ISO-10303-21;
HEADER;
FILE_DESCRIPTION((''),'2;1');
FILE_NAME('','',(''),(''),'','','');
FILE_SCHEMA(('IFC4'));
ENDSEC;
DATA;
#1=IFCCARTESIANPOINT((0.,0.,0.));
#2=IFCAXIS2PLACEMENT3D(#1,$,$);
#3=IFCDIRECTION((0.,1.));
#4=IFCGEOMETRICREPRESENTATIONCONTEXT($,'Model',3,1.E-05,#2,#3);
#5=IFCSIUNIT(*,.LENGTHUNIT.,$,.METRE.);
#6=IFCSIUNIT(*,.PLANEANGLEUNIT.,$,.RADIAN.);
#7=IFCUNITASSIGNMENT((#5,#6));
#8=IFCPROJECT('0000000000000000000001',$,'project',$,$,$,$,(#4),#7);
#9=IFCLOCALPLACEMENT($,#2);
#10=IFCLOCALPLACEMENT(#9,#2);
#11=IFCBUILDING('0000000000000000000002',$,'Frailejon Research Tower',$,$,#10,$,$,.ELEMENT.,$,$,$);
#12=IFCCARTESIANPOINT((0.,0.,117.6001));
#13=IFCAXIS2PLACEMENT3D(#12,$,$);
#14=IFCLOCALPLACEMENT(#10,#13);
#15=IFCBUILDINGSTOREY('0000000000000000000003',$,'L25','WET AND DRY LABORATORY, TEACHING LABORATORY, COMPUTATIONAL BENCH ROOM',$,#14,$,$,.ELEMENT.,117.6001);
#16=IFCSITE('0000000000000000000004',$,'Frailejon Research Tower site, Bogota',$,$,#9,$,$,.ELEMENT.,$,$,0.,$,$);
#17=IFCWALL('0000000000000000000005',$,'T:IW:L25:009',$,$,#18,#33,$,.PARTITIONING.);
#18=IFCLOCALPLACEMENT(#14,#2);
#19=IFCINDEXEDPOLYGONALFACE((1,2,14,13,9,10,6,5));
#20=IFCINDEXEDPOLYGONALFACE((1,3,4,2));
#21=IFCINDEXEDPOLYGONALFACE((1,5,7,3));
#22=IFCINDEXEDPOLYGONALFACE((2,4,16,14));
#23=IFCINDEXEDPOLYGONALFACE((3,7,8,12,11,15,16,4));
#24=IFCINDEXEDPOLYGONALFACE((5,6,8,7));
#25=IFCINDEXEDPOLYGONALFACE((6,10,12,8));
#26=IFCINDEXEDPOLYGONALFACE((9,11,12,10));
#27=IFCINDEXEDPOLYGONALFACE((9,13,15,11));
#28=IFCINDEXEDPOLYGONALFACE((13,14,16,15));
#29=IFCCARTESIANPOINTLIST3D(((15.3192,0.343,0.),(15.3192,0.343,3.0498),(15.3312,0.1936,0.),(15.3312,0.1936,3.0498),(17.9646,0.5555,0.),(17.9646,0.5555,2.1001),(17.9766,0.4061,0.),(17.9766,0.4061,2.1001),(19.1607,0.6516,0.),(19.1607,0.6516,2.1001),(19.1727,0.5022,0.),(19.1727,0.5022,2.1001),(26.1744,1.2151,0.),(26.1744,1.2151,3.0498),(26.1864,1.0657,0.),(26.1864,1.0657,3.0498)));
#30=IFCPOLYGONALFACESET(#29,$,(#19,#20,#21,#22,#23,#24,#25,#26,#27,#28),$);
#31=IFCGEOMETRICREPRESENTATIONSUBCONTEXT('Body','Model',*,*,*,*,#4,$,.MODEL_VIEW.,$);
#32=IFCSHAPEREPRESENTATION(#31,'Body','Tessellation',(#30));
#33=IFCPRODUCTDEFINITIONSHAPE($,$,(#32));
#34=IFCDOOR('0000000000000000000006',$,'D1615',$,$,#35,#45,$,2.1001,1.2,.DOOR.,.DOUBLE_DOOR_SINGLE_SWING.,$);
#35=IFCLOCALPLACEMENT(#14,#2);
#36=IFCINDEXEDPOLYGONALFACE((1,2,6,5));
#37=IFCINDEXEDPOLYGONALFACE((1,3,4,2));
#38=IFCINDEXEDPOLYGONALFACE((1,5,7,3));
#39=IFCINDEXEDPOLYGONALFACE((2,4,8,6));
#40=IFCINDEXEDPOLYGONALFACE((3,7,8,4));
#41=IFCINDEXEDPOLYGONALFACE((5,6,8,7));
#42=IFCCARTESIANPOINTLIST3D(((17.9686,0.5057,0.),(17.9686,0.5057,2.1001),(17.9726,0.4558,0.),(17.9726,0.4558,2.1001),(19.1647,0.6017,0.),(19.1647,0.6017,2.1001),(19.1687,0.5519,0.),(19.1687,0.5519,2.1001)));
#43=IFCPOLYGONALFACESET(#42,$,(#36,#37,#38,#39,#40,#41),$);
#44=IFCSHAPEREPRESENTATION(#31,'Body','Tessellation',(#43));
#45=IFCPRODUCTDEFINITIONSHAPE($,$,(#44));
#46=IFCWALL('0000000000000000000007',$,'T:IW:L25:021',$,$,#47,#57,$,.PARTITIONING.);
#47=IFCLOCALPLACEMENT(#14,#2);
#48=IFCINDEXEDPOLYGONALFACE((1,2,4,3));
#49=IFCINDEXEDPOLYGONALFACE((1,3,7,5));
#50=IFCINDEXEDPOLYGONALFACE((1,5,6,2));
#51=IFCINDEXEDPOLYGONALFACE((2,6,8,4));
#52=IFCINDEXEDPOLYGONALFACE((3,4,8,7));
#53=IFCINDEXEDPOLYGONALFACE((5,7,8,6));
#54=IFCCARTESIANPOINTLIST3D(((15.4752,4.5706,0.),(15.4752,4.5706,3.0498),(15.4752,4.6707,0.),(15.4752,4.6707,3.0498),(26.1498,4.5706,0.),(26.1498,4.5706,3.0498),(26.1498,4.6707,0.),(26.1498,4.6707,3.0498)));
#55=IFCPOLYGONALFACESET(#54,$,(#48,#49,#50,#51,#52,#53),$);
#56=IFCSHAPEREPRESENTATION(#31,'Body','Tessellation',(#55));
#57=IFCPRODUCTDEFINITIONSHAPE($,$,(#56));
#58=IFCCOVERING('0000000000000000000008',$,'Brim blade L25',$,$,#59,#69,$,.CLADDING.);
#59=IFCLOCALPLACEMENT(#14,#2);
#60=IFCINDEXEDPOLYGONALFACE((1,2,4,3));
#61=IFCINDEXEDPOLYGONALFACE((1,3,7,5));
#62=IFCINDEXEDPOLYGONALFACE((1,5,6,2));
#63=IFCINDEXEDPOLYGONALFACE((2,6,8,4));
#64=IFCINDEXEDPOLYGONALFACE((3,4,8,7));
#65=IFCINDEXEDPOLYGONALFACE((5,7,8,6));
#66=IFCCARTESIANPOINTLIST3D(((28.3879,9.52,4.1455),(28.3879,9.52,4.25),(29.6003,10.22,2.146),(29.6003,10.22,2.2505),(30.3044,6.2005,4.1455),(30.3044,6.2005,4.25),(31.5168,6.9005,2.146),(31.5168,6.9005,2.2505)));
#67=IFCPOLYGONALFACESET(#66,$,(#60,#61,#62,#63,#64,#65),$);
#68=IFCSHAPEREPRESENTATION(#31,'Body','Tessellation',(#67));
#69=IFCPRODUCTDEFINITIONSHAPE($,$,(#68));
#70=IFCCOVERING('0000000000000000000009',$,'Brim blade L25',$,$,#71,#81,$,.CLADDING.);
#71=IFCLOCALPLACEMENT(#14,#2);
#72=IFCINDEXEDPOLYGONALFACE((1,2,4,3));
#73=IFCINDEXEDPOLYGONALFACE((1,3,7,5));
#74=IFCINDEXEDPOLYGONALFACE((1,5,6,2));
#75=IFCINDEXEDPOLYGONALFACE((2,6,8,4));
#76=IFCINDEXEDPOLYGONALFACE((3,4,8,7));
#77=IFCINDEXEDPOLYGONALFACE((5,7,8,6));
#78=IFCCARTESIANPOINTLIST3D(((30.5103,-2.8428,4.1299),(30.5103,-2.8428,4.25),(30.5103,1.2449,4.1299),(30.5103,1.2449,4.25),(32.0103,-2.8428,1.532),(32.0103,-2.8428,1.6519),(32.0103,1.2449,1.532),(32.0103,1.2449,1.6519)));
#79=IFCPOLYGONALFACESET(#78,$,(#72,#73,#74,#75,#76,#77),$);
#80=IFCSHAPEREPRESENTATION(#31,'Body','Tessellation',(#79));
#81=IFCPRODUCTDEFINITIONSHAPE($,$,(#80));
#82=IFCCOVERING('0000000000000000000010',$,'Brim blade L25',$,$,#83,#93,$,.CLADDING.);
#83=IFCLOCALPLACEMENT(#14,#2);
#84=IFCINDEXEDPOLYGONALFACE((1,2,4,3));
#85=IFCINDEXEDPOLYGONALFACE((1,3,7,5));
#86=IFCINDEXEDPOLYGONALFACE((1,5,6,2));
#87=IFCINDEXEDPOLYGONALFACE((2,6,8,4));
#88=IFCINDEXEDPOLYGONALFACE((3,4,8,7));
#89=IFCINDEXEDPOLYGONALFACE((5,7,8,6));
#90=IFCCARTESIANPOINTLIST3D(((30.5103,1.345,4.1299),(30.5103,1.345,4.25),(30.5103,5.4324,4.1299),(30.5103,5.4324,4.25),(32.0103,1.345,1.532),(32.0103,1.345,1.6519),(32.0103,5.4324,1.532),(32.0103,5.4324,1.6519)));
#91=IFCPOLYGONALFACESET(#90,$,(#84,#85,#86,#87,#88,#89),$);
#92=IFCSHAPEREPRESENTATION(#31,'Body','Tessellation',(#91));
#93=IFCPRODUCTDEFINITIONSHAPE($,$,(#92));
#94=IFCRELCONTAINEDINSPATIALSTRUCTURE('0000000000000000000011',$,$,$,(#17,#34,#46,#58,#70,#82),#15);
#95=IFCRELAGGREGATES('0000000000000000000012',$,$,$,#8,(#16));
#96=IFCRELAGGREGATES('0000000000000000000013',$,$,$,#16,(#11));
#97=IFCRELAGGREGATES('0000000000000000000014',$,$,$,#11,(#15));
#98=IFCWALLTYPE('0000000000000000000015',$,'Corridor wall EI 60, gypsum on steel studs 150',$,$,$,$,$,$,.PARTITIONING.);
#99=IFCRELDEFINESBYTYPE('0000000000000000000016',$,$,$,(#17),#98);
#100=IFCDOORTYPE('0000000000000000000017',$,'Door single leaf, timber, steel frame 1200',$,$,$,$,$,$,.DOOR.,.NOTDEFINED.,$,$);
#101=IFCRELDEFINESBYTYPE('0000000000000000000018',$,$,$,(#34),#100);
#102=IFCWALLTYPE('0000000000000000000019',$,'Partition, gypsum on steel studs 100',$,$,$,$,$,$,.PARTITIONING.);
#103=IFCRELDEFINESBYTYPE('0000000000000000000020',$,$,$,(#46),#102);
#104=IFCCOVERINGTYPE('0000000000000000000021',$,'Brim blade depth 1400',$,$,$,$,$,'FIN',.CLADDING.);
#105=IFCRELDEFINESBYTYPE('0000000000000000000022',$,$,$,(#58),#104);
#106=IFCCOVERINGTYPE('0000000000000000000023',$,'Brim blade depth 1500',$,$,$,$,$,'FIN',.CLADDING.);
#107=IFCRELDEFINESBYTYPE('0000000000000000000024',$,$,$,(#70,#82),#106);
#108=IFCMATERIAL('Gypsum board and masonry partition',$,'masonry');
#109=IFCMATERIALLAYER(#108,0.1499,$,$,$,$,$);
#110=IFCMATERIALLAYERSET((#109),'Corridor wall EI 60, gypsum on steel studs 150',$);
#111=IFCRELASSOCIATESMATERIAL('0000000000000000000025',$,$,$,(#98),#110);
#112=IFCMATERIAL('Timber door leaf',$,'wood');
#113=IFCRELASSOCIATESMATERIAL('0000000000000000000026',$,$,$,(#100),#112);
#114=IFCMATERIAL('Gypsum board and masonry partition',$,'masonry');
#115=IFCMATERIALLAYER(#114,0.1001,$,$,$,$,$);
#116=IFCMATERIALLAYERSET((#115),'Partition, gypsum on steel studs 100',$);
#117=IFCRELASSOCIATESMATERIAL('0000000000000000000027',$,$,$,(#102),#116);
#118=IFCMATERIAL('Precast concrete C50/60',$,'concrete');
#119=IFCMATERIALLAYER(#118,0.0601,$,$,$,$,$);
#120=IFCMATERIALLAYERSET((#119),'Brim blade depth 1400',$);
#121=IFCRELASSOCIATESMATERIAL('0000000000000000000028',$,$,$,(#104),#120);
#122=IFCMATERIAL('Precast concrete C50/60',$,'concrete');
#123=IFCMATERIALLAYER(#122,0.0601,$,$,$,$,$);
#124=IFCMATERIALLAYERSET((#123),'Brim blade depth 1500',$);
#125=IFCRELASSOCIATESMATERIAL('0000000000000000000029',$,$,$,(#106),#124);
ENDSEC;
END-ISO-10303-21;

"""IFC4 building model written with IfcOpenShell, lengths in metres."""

from ifc_helpers import new_model, si_unit, direction, frame, frame_2d, origin, place, context, subcontext, project, spatial, polyline, rectangle, outline, extrude, material, layer, layer_set, type_object, element, fill, save


model = new_model("IFC4")

# Units and contexts
model_context = context("Model", 3, precision=1e-05, world=origin(), true_north=direction((0.0, 1.0)))
body_context = subcontext(model_context, "Body", "Model", "MODEL_VIEW")
ifc_project = project(units=[si_unit("LENGTHUNIT", "METRE"), si_unit("PLANEANGLEUNIT", "RADIAN")], contexts=[model_context])

# Site, building, storey
site_placement = place(None, origin())
site = spatial("IfcSite", under=ifc_project, at=site_placement, Name="Frailejon Research Tower site, Bogota", CompositionType="ELEMENT", RefElevation=0.0)
building_placement = place(site_placement, origin())
building = spatial("IfcBuilding", under=site, at=building_placement, Name="Frailejon Research Tower", CompositionType="ELEMENT")
storey_placement = place(building_placement, frame((0.0, 0.0, 117.6001)))
storey = spatial("IfcBuildingStorey", under=building, at=storey_placement, Name="L25", Description="WET AND DRY LABORATORY, TEACHING LABORATORY, COMPUTATIONAL BENCH ROOM", CompositionType="ELEMENT", Elevation=117.6001)

# Wall, opening, door
ifc_material_1 = material(Name="Gypsum board and masonry partition", Category="masonry")
ifc_layer_1 = layer(ifc_material_1, 0.1499)
ifc_layer_set_1 = layer_set([ifc_layer_1], Name="Corridor wall EI 60, gypsum on steel studs 150")
wall_type_1 = type_object("IfcWallType", Name="Corridor wall EI 60, gypsum on steel studs 150", PredefinedType="PARTITIONING", material=ifc_layer_set_1)
wall_1_placement = place(storey_placement, frame((15.3252, 0.2683, 0.0), z_axis=(0.0, 0.0, 1.0), x_axis=(0.996789, 0.080078, 0.0)))
wall_1 = element("IfcWall", 1, at=wall_1_placement, inside=storey, type_object=wall_type_1, Name="T:IW:L25:009", PredefinedType="PARTITIONING", context=body_context, shape_type="SweptSolid", body=[
    extrude(rectangle(XDim=10.8901, YDim=0.1499, at=frame_2d((5.4451, 0.0))), origin(), (0.0, 0.0, 1.0), 3.0498),
])
opening_1_placement = place(wall_1_placement, frame((2.6538, 0.0, 0.0)))
opening_1 = element("IfcOpeningElement", 2, at=opening_1_placement, cuts=wall_1, PredefinedType="OPENING", context=body_context, shape_type="SweptSolid", body=[
    extrude(rectangle(XDim=1.2, YDim=2.1001, at=frame_2d((0.6001, 1.05))), frame((0.0, 0.085, 0.0), z_axis=(0.0, -1.0, 0.0), x_axis=(1.0, 0.0, 0.0)), (0.0, 0.0, 1.0), 0.1699),
])
ifc_material_2 = material(Name="Timber door leaf", Category="wood")
door_type_1 = type_object("IfcDoorType", Name="Door single leaf, timber, steel frame 1200", OperationType="NOTDEFINED", PredefinedType="DOOR", material=ifc_material_2)
door_1_placement = place(opening_1_placement, origin())
door_1 = element("IfcDoor", 3, at=door_1_placement, inside=storey, type_object=door_type_1, Name="D1615", OperationType="DOUBLE_DOOR_SINGLE_SWING", OverallHeight=2.1001, OverallWidth=1.2, PredefinedType="DOOR", context=body_context, shape_type="SweptSolid", body=[
    extrude(rectangle(XDim=1.2, YDim=2.1001, at=frame_2d((0.6001, 1.05))), frame((0.0, 0.0249, 0.0), z_axis=(0.0, -1.0, 0.0), x_axis=(1.0, 0.0, 0.0)), (0.0, 0.0, 1.0), 0.05),
])
fill(opening_1, door_1)

# Wall
ifc_material_3 = material(Name="Gypsum board and masonry partition", Category="masonry")
ifc_layer_2 = layer(ifc_material_3, 0.1001)
ifc_layer_set_2 = layer_set([ifc_layer_2], Name="Partition, gypsum on steel studs 100")
wall_type_2 = type_object("IfcWallType", Name="Partition, gypsum on steel studs 100", PredefinedType="PARTITIONING", material=ifc_layer_set_2)
wall_2_placement = place(storey_placement, frame((15.4751, 4.6206, 0.0), z_axis=(0.0, 0.0, 1.0), x_axis=(1.0, 0.0, 0.0)))
element("IfcWall", 4, at=wall_2_placement, inside=storey, type_object=wall_type_2, Name="T:IW:L25:021", PredefinedType="PARTITIONING", context=body_context, shape_type="SweptSolid", body=[
    extrude(rectangle(XDim=10.6746, YDim=0.1001, at=frame_2d((5.3374, 0.0))), origin(), (0.0, 0.0, 1.0), 3.0498),
])

# Coverings
ifc_material_4 = material(Name="Precast concrete C50/60", Category="concrete")
ifc_layer_3 = layer(ifc_material_4, 0.0601)
ifc_layer_set_3 = layer_set([ifc_layer_3], Name="Brim blade depth 1400")
covering_type_1 = type_object("IfcCoveringType", Name="Brim blade depth 1400", ElementType="FIN", PredefinedType="CLADDING", material=ifc_layer_set_3)
covering_1_placement = place(storey_placement, frame((28.3879, 9.52, 4.25), z_axis=(0.49999, -0.866031, 0.0), x_axis=(0.866031, 0.49999, 0.0)))
element("IfcCovering", 5, at=covering_1_placement, inside=storey, type_object=covering_type_1, Name="Brim blade L25", PredefinedType="CLADDING", context=body_context, shape_type="SweptSolid", body=[
    extrude(outline(polyline([(0.0, -0.1045), (1.3999, -2.104), (1.3999, -1.9995), (0.0, 0.0), (0.0, -0.1045)])), origin(), (0.0, 0.0, 1.0), 3.833),
])
ifc_material_5 = material(Name="Precast concrete C50/60", Category="concrete")
ifc_layer_4 = layer(ifc_material_5, 0.0601)
ifc_layer_set_4 = layer_set([ifc_layer_4], Name="Brim blade depth 1500")
covering_type_2 = type_object("IfcCoveringType", Name="Brim blade depth 1500", ElementType="FIN", PredefinedType="CLADDING", material=ifc_layer_set_4)
covering_2_placement = place(storey_placement, frame((30.5103, 1.2449, 4.25), z_axis=(0.0, -1.0, 0.0), x_axis=(1.0, 0.0, 0.0)))
element("IfcCovering", 6, at=covering_2_placement, inside=storey, type_object=covering_type_2, Name="Brim blade L25", PredefinedType="CLADDING", context=body_context, shape_type="SweptSolid", body=[
    extrude(outline(polyline([(0.0, -0.1201), (1.5, -2.718), (1.5, -2.5981), (0.0, 0.0), (0.0, -0.1201)])), origin(), (0.0, 0.0, 1.0), 4.0876),
])
covering_3_placement = place(storey_placement, frame((30.5103, 5.4324, 4.25), z_axis=(0.0, -1.0, 0.0), x_axis=(1.0, 0.0, 0.0)))
element("IfcCovering", 7, at=covering_3_placement, inside=storey, type_object=covering_type_2, Name="Brim blade L25", PredefinedType="CLADDING", context=body_context, shape_type="SweptSolid", body=[
    extrude(outline(polyline([(0.0, -0.1201), (1.5, -2.718), (1.5, -2.5981), (0.0, 0.0), (0.0, -0.1201)])), origin(), (0.0, 0.0, 1.0), 4.0874),
])

save(model, "model.ifc")
